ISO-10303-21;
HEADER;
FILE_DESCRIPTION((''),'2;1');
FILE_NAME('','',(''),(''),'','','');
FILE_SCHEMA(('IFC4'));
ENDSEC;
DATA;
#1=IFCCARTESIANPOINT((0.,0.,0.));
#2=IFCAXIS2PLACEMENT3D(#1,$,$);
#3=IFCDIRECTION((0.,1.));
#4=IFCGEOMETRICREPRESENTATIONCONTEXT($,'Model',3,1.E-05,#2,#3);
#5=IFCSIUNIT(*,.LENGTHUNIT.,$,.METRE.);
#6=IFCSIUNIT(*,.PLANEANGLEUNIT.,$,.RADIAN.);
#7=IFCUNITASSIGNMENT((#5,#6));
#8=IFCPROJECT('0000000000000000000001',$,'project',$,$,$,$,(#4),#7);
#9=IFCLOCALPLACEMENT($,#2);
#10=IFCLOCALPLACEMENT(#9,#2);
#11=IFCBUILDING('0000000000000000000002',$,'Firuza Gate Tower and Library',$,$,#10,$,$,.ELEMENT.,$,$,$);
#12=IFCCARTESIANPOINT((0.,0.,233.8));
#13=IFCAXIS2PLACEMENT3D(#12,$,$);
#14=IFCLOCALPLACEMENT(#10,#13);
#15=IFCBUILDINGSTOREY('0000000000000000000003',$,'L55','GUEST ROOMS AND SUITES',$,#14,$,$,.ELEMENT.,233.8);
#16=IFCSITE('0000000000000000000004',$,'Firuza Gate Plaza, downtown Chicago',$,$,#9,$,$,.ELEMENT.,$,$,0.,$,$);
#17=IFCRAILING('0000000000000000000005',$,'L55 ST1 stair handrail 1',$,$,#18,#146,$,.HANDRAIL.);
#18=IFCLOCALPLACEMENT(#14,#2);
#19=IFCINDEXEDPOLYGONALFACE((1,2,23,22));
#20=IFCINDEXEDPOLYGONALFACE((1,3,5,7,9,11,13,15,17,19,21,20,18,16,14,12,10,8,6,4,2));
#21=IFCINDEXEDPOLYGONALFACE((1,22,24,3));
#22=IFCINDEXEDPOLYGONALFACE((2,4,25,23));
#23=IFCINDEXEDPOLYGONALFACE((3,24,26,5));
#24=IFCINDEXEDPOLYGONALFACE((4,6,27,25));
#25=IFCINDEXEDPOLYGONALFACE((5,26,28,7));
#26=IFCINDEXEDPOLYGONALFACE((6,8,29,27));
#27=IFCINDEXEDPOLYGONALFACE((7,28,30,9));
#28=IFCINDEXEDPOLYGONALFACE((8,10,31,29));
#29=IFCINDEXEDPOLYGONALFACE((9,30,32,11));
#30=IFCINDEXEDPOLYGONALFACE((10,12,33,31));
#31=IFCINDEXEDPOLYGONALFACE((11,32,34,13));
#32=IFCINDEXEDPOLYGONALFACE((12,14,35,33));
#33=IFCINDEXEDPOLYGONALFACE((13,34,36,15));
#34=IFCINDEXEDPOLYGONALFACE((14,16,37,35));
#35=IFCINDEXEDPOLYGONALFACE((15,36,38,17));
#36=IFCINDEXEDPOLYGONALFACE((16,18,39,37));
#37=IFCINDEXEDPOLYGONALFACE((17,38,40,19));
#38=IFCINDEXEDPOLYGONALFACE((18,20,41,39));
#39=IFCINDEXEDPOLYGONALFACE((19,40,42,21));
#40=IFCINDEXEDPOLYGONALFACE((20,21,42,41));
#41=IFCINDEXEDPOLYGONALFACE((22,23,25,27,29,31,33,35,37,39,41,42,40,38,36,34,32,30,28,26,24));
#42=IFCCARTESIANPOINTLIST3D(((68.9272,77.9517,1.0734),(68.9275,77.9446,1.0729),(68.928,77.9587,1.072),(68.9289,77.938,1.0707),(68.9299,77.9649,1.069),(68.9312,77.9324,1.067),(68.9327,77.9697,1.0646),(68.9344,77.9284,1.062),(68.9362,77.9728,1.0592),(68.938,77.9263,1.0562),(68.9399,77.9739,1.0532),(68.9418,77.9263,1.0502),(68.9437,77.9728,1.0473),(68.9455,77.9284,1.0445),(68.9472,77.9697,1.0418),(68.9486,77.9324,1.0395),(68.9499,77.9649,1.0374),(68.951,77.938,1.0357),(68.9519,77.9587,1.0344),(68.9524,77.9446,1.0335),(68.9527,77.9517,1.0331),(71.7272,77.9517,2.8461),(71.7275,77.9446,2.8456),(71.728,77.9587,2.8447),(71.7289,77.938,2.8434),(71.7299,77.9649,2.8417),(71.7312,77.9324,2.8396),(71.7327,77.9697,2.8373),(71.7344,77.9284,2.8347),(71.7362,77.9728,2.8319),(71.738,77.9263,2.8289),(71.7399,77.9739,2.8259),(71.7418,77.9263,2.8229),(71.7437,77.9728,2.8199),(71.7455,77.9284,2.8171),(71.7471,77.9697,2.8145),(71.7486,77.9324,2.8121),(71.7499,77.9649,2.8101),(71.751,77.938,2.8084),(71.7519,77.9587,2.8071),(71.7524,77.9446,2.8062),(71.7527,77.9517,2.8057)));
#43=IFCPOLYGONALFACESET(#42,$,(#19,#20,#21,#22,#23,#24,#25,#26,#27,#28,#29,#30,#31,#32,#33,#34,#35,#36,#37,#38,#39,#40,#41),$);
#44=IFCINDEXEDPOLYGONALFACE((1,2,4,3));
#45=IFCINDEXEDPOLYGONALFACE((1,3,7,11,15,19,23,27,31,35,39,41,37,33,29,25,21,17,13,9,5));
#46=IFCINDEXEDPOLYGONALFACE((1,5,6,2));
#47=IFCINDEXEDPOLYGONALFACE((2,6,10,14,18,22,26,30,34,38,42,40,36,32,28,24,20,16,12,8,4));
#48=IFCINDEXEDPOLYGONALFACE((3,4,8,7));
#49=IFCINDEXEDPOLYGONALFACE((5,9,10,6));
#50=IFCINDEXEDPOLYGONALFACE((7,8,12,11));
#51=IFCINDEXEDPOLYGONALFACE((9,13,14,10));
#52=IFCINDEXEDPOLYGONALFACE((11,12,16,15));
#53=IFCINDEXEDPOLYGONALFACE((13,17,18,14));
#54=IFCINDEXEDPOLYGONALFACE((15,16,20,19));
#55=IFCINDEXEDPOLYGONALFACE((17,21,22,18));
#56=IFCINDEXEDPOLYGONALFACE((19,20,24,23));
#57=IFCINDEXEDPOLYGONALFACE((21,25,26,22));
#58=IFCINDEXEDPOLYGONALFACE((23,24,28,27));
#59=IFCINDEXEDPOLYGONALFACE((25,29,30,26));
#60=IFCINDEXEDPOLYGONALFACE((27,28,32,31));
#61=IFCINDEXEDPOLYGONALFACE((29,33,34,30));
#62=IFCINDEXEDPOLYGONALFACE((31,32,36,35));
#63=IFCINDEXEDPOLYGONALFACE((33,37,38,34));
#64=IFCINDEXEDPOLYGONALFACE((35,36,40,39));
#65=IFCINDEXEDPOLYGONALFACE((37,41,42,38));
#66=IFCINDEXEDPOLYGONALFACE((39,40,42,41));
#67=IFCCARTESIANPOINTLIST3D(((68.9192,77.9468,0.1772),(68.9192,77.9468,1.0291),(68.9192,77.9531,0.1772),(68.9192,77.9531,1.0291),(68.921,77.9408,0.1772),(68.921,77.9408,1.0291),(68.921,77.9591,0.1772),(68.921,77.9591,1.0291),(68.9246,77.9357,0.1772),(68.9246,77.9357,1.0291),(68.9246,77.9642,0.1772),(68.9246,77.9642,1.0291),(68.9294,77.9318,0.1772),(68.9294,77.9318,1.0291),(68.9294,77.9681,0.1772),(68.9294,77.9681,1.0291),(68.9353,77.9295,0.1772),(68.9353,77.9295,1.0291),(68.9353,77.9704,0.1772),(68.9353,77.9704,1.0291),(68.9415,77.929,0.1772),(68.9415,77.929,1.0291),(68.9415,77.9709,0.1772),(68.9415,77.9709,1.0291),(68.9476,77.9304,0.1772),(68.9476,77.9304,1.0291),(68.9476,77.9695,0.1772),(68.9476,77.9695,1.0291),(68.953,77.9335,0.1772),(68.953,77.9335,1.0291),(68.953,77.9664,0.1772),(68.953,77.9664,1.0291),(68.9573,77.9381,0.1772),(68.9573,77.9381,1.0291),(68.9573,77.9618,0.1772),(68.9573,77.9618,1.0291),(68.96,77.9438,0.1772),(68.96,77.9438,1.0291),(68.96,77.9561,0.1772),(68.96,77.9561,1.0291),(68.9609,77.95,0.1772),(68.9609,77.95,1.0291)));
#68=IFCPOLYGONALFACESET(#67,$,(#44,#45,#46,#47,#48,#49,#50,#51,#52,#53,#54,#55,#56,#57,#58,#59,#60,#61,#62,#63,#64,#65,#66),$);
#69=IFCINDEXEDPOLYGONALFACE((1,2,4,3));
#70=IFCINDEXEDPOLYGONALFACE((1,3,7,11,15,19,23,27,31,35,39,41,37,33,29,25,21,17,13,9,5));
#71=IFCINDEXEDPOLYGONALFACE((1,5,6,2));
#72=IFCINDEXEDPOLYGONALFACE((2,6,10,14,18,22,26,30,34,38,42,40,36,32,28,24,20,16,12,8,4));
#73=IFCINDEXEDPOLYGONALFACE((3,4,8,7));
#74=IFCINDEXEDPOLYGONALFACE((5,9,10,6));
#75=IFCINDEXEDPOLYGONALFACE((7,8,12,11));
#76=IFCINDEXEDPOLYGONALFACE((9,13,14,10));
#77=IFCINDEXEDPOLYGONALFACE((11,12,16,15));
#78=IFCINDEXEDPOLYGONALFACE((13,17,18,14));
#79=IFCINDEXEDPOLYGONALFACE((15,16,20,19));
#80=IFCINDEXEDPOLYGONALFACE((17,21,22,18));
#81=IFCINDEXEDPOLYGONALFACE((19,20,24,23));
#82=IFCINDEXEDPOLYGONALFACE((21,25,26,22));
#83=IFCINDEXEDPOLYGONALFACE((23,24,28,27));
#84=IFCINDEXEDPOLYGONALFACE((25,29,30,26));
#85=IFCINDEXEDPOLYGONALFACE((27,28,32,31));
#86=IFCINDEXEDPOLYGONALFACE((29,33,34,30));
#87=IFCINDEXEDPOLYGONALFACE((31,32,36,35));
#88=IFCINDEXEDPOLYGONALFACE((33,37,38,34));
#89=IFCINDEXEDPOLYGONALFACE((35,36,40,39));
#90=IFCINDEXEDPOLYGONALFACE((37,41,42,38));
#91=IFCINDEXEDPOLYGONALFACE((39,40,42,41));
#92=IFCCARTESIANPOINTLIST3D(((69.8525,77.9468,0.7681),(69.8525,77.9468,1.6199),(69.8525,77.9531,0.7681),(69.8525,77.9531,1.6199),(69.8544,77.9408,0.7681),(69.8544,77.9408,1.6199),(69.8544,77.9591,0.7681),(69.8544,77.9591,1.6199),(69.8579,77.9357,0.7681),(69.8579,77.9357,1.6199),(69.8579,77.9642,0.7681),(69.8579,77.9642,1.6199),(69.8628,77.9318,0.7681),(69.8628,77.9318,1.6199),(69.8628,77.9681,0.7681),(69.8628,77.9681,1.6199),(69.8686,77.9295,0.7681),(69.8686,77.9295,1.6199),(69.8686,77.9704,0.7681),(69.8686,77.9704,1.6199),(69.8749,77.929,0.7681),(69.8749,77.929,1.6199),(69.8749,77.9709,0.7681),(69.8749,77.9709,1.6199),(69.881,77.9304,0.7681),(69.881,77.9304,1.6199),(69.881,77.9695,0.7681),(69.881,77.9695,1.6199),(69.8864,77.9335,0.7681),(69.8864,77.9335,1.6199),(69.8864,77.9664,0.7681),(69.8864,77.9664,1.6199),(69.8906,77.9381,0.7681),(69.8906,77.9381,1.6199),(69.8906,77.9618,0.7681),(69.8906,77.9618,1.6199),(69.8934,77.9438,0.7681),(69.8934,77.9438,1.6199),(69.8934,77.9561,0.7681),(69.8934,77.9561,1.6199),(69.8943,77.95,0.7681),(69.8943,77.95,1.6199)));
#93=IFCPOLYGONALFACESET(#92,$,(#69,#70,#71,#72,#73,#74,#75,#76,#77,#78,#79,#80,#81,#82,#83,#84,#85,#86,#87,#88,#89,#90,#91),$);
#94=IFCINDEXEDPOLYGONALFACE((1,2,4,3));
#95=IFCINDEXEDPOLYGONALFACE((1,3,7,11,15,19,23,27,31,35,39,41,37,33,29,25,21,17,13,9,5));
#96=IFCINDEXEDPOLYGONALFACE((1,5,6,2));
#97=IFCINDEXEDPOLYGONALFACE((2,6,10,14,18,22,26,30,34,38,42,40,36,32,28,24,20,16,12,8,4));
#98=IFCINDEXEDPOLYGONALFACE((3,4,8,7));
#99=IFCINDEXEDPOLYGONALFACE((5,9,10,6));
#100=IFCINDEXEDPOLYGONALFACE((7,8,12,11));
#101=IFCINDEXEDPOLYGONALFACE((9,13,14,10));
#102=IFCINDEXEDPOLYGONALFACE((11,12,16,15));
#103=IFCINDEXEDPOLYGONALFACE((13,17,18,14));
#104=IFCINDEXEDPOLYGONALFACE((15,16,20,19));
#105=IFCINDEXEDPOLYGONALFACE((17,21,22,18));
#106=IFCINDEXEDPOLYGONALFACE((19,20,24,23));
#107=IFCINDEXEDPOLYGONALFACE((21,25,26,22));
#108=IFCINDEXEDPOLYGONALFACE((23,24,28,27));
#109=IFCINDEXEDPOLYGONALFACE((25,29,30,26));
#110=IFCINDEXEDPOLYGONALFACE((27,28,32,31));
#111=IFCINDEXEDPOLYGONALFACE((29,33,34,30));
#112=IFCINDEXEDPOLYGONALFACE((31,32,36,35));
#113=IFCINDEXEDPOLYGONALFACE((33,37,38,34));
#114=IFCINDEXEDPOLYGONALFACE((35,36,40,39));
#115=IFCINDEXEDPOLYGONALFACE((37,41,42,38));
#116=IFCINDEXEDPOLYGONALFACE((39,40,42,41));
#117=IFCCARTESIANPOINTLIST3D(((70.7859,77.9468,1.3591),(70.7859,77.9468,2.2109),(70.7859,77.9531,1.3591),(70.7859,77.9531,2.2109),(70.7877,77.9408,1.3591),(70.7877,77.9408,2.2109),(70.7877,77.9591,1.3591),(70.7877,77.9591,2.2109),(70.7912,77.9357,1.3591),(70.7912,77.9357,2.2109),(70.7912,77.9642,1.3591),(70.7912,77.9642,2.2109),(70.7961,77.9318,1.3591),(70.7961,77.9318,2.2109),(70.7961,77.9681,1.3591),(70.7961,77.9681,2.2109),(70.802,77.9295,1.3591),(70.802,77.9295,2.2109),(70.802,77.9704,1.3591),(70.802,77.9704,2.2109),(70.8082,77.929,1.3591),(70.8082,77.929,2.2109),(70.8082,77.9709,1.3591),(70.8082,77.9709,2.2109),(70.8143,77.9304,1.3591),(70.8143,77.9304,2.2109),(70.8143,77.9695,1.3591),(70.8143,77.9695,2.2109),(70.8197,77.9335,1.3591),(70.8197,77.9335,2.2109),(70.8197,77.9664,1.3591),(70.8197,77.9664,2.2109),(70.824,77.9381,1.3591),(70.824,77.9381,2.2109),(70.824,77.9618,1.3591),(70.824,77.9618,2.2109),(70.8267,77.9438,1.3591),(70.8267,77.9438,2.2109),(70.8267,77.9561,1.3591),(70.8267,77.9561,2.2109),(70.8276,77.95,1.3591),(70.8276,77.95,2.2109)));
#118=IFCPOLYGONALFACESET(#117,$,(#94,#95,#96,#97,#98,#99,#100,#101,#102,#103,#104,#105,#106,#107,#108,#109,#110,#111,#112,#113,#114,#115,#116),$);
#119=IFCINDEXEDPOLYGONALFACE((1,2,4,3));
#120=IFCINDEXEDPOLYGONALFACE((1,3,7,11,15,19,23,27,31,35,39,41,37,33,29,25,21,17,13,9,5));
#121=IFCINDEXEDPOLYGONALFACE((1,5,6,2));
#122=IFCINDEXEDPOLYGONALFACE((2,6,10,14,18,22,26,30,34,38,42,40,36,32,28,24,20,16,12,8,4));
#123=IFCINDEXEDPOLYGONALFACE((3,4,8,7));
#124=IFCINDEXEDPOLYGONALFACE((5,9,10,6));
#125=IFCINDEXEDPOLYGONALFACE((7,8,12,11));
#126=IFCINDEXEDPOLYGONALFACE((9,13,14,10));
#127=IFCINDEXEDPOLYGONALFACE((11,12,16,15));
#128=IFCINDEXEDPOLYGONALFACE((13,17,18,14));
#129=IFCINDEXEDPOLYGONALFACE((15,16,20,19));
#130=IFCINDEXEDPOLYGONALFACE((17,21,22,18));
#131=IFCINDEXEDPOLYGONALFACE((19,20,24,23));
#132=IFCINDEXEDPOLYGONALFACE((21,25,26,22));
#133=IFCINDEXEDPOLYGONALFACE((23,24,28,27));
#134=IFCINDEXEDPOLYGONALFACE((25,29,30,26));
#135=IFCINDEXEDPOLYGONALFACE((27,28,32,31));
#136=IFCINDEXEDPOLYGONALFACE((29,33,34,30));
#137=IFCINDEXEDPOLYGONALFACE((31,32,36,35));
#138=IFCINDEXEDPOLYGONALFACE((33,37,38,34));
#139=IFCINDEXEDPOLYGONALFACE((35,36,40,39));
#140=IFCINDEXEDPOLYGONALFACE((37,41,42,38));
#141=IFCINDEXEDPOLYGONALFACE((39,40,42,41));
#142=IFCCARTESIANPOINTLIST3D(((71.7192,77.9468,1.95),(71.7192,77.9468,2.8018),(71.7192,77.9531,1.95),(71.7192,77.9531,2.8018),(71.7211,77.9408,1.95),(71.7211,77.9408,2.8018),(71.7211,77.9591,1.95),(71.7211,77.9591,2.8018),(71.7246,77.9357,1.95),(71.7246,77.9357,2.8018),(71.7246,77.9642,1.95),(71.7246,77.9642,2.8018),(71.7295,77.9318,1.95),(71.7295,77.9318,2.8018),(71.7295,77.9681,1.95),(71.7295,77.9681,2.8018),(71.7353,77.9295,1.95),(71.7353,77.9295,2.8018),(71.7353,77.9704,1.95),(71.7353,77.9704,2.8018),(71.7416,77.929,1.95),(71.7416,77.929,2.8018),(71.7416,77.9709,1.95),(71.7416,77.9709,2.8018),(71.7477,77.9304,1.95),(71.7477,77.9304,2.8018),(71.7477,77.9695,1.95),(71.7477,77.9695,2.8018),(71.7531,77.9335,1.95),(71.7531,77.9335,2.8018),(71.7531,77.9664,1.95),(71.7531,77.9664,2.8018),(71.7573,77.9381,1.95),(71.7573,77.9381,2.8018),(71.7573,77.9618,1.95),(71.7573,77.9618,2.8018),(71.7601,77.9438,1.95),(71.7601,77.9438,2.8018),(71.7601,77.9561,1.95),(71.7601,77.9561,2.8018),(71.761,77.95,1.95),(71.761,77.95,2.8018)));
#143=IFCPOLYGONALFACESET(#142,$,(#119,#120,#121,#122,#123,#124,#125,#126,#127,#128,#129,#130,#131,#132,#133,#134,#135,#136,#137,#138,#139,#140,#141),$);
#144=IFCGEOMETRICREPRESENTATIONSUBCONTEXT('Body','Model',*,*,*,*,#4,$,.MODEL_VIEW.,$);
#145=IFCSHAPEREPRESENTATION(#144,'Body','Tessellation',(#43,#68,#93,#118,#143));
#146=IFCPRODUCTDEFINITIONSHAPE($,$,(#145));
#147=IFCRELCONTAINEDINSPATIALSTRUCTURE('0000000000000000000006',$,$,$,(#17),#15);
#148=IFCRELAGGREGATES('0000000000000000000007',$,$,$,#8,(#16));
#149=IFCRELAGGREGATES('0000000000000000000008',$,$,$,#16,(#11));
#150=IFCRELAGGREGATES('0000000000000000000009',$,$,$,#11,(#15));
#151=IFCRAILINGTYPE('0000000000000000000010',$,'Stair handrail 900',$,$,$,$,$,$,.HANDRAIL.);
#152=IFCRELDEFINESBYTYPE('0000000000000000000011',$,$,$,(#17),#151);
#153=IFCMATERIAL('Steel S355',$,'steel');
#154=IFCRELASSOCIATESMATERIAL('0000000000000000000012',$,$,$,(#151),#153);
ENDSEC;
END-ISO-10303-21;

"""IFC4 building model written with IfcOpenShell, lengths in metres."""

from ifc_helpers import new_model, si_unit, direction, frame, origin, origin_2d, place, context, subcontext, project, spatial, circle, extrude, material, type_object, element, save


model = new_model("IFC4")

# Units and contexts
model_context = context("Model", 3, precision=1e-05, world=origin(), true_north=direction((0.0, 1.0)))
body_context = subcontext(model_context, "Body", "Model", "MODEL_VIEW")
ifc_project = project(units=[si_unit("LENGTHUNIT", "METRE"), si_unit("PLANEANGLEUNIT", "RADIAN")], contexts=[model_context])

# Site, building, storey
site_placement = place(None, origin())
site = spatial("IfcSite", under=ifc_project, at=site_placement, Name="Firuza Gate Plaza, downtown Chicago", CompositionType="ELEMENT", RefElevation=0.0)
building_placement = place(site_placement, origin())
building = spatial("IfcBuilding", under=site, at=building_placement, Name="Firuza Gate Tower and Library", CompositionType="ELEMENT")
storey_placement = place(building_placement, frame((0.0, 0.0, 233.8)))
storey = spatial("IfcBuildingStorey", under=building, at=storey_placement, Name="L55", Description="GUEST ROOMS AND SUITES", CompositionType="ELEMENT", Elevation=233.8)

# Railing
ifc_material_1 = material(Name="Steel S355", Category="steel")
railing_type_1 = type_object("IfcRailingType", Name="Stair handrail 900", PredefinedType="HANDRAIL", material=ifc_material_1)
railing_1_placement = place(storey_placement, frame((68.9399, 77.95, 0.1772)))
element("IfcRailing", 1, at=railing_1_placement, inside=storey, type_object=railing_type_1, Name="L55 ST1 stair handrail 1", PredefinedType="HANDRAIL", context=body_context, shape_type="SweptSolid", body=[
    extrude(circle(Radius=0.0239, at=origin_2d()), frame((0.0, 0.0, 0.876), z_axis=(0.844909, 0.0, 0.53491), x_axis=(0.0, 1.0, 0.0)), (0.0, 0.0, 1.0), 3.314),
    extrude(circle(Radius=0.021, at=origin_2d()), origin(), (0.0, 0.0, 1.0), 0.8518),
    extrude(circle(Radius=0.021, at=origin_2d()), frame((0.9333, 0.0, 0.5908)), (0.0, 0.0, 1.0), 0.8518),
    extrude(circle(Radius=0.021, at=origin_2d()), frame((1.8667, 0.0, 1.1819)), (0.0, 0.0, 1.0), 0.8518),
    extrude(circle(Radius=0.021, at=origin_2d()), frame((2.8, 0.0, 1.7727)), (0.0, 0.0, 1.0), 0.8518),
])

save(model, "model.ifc")
